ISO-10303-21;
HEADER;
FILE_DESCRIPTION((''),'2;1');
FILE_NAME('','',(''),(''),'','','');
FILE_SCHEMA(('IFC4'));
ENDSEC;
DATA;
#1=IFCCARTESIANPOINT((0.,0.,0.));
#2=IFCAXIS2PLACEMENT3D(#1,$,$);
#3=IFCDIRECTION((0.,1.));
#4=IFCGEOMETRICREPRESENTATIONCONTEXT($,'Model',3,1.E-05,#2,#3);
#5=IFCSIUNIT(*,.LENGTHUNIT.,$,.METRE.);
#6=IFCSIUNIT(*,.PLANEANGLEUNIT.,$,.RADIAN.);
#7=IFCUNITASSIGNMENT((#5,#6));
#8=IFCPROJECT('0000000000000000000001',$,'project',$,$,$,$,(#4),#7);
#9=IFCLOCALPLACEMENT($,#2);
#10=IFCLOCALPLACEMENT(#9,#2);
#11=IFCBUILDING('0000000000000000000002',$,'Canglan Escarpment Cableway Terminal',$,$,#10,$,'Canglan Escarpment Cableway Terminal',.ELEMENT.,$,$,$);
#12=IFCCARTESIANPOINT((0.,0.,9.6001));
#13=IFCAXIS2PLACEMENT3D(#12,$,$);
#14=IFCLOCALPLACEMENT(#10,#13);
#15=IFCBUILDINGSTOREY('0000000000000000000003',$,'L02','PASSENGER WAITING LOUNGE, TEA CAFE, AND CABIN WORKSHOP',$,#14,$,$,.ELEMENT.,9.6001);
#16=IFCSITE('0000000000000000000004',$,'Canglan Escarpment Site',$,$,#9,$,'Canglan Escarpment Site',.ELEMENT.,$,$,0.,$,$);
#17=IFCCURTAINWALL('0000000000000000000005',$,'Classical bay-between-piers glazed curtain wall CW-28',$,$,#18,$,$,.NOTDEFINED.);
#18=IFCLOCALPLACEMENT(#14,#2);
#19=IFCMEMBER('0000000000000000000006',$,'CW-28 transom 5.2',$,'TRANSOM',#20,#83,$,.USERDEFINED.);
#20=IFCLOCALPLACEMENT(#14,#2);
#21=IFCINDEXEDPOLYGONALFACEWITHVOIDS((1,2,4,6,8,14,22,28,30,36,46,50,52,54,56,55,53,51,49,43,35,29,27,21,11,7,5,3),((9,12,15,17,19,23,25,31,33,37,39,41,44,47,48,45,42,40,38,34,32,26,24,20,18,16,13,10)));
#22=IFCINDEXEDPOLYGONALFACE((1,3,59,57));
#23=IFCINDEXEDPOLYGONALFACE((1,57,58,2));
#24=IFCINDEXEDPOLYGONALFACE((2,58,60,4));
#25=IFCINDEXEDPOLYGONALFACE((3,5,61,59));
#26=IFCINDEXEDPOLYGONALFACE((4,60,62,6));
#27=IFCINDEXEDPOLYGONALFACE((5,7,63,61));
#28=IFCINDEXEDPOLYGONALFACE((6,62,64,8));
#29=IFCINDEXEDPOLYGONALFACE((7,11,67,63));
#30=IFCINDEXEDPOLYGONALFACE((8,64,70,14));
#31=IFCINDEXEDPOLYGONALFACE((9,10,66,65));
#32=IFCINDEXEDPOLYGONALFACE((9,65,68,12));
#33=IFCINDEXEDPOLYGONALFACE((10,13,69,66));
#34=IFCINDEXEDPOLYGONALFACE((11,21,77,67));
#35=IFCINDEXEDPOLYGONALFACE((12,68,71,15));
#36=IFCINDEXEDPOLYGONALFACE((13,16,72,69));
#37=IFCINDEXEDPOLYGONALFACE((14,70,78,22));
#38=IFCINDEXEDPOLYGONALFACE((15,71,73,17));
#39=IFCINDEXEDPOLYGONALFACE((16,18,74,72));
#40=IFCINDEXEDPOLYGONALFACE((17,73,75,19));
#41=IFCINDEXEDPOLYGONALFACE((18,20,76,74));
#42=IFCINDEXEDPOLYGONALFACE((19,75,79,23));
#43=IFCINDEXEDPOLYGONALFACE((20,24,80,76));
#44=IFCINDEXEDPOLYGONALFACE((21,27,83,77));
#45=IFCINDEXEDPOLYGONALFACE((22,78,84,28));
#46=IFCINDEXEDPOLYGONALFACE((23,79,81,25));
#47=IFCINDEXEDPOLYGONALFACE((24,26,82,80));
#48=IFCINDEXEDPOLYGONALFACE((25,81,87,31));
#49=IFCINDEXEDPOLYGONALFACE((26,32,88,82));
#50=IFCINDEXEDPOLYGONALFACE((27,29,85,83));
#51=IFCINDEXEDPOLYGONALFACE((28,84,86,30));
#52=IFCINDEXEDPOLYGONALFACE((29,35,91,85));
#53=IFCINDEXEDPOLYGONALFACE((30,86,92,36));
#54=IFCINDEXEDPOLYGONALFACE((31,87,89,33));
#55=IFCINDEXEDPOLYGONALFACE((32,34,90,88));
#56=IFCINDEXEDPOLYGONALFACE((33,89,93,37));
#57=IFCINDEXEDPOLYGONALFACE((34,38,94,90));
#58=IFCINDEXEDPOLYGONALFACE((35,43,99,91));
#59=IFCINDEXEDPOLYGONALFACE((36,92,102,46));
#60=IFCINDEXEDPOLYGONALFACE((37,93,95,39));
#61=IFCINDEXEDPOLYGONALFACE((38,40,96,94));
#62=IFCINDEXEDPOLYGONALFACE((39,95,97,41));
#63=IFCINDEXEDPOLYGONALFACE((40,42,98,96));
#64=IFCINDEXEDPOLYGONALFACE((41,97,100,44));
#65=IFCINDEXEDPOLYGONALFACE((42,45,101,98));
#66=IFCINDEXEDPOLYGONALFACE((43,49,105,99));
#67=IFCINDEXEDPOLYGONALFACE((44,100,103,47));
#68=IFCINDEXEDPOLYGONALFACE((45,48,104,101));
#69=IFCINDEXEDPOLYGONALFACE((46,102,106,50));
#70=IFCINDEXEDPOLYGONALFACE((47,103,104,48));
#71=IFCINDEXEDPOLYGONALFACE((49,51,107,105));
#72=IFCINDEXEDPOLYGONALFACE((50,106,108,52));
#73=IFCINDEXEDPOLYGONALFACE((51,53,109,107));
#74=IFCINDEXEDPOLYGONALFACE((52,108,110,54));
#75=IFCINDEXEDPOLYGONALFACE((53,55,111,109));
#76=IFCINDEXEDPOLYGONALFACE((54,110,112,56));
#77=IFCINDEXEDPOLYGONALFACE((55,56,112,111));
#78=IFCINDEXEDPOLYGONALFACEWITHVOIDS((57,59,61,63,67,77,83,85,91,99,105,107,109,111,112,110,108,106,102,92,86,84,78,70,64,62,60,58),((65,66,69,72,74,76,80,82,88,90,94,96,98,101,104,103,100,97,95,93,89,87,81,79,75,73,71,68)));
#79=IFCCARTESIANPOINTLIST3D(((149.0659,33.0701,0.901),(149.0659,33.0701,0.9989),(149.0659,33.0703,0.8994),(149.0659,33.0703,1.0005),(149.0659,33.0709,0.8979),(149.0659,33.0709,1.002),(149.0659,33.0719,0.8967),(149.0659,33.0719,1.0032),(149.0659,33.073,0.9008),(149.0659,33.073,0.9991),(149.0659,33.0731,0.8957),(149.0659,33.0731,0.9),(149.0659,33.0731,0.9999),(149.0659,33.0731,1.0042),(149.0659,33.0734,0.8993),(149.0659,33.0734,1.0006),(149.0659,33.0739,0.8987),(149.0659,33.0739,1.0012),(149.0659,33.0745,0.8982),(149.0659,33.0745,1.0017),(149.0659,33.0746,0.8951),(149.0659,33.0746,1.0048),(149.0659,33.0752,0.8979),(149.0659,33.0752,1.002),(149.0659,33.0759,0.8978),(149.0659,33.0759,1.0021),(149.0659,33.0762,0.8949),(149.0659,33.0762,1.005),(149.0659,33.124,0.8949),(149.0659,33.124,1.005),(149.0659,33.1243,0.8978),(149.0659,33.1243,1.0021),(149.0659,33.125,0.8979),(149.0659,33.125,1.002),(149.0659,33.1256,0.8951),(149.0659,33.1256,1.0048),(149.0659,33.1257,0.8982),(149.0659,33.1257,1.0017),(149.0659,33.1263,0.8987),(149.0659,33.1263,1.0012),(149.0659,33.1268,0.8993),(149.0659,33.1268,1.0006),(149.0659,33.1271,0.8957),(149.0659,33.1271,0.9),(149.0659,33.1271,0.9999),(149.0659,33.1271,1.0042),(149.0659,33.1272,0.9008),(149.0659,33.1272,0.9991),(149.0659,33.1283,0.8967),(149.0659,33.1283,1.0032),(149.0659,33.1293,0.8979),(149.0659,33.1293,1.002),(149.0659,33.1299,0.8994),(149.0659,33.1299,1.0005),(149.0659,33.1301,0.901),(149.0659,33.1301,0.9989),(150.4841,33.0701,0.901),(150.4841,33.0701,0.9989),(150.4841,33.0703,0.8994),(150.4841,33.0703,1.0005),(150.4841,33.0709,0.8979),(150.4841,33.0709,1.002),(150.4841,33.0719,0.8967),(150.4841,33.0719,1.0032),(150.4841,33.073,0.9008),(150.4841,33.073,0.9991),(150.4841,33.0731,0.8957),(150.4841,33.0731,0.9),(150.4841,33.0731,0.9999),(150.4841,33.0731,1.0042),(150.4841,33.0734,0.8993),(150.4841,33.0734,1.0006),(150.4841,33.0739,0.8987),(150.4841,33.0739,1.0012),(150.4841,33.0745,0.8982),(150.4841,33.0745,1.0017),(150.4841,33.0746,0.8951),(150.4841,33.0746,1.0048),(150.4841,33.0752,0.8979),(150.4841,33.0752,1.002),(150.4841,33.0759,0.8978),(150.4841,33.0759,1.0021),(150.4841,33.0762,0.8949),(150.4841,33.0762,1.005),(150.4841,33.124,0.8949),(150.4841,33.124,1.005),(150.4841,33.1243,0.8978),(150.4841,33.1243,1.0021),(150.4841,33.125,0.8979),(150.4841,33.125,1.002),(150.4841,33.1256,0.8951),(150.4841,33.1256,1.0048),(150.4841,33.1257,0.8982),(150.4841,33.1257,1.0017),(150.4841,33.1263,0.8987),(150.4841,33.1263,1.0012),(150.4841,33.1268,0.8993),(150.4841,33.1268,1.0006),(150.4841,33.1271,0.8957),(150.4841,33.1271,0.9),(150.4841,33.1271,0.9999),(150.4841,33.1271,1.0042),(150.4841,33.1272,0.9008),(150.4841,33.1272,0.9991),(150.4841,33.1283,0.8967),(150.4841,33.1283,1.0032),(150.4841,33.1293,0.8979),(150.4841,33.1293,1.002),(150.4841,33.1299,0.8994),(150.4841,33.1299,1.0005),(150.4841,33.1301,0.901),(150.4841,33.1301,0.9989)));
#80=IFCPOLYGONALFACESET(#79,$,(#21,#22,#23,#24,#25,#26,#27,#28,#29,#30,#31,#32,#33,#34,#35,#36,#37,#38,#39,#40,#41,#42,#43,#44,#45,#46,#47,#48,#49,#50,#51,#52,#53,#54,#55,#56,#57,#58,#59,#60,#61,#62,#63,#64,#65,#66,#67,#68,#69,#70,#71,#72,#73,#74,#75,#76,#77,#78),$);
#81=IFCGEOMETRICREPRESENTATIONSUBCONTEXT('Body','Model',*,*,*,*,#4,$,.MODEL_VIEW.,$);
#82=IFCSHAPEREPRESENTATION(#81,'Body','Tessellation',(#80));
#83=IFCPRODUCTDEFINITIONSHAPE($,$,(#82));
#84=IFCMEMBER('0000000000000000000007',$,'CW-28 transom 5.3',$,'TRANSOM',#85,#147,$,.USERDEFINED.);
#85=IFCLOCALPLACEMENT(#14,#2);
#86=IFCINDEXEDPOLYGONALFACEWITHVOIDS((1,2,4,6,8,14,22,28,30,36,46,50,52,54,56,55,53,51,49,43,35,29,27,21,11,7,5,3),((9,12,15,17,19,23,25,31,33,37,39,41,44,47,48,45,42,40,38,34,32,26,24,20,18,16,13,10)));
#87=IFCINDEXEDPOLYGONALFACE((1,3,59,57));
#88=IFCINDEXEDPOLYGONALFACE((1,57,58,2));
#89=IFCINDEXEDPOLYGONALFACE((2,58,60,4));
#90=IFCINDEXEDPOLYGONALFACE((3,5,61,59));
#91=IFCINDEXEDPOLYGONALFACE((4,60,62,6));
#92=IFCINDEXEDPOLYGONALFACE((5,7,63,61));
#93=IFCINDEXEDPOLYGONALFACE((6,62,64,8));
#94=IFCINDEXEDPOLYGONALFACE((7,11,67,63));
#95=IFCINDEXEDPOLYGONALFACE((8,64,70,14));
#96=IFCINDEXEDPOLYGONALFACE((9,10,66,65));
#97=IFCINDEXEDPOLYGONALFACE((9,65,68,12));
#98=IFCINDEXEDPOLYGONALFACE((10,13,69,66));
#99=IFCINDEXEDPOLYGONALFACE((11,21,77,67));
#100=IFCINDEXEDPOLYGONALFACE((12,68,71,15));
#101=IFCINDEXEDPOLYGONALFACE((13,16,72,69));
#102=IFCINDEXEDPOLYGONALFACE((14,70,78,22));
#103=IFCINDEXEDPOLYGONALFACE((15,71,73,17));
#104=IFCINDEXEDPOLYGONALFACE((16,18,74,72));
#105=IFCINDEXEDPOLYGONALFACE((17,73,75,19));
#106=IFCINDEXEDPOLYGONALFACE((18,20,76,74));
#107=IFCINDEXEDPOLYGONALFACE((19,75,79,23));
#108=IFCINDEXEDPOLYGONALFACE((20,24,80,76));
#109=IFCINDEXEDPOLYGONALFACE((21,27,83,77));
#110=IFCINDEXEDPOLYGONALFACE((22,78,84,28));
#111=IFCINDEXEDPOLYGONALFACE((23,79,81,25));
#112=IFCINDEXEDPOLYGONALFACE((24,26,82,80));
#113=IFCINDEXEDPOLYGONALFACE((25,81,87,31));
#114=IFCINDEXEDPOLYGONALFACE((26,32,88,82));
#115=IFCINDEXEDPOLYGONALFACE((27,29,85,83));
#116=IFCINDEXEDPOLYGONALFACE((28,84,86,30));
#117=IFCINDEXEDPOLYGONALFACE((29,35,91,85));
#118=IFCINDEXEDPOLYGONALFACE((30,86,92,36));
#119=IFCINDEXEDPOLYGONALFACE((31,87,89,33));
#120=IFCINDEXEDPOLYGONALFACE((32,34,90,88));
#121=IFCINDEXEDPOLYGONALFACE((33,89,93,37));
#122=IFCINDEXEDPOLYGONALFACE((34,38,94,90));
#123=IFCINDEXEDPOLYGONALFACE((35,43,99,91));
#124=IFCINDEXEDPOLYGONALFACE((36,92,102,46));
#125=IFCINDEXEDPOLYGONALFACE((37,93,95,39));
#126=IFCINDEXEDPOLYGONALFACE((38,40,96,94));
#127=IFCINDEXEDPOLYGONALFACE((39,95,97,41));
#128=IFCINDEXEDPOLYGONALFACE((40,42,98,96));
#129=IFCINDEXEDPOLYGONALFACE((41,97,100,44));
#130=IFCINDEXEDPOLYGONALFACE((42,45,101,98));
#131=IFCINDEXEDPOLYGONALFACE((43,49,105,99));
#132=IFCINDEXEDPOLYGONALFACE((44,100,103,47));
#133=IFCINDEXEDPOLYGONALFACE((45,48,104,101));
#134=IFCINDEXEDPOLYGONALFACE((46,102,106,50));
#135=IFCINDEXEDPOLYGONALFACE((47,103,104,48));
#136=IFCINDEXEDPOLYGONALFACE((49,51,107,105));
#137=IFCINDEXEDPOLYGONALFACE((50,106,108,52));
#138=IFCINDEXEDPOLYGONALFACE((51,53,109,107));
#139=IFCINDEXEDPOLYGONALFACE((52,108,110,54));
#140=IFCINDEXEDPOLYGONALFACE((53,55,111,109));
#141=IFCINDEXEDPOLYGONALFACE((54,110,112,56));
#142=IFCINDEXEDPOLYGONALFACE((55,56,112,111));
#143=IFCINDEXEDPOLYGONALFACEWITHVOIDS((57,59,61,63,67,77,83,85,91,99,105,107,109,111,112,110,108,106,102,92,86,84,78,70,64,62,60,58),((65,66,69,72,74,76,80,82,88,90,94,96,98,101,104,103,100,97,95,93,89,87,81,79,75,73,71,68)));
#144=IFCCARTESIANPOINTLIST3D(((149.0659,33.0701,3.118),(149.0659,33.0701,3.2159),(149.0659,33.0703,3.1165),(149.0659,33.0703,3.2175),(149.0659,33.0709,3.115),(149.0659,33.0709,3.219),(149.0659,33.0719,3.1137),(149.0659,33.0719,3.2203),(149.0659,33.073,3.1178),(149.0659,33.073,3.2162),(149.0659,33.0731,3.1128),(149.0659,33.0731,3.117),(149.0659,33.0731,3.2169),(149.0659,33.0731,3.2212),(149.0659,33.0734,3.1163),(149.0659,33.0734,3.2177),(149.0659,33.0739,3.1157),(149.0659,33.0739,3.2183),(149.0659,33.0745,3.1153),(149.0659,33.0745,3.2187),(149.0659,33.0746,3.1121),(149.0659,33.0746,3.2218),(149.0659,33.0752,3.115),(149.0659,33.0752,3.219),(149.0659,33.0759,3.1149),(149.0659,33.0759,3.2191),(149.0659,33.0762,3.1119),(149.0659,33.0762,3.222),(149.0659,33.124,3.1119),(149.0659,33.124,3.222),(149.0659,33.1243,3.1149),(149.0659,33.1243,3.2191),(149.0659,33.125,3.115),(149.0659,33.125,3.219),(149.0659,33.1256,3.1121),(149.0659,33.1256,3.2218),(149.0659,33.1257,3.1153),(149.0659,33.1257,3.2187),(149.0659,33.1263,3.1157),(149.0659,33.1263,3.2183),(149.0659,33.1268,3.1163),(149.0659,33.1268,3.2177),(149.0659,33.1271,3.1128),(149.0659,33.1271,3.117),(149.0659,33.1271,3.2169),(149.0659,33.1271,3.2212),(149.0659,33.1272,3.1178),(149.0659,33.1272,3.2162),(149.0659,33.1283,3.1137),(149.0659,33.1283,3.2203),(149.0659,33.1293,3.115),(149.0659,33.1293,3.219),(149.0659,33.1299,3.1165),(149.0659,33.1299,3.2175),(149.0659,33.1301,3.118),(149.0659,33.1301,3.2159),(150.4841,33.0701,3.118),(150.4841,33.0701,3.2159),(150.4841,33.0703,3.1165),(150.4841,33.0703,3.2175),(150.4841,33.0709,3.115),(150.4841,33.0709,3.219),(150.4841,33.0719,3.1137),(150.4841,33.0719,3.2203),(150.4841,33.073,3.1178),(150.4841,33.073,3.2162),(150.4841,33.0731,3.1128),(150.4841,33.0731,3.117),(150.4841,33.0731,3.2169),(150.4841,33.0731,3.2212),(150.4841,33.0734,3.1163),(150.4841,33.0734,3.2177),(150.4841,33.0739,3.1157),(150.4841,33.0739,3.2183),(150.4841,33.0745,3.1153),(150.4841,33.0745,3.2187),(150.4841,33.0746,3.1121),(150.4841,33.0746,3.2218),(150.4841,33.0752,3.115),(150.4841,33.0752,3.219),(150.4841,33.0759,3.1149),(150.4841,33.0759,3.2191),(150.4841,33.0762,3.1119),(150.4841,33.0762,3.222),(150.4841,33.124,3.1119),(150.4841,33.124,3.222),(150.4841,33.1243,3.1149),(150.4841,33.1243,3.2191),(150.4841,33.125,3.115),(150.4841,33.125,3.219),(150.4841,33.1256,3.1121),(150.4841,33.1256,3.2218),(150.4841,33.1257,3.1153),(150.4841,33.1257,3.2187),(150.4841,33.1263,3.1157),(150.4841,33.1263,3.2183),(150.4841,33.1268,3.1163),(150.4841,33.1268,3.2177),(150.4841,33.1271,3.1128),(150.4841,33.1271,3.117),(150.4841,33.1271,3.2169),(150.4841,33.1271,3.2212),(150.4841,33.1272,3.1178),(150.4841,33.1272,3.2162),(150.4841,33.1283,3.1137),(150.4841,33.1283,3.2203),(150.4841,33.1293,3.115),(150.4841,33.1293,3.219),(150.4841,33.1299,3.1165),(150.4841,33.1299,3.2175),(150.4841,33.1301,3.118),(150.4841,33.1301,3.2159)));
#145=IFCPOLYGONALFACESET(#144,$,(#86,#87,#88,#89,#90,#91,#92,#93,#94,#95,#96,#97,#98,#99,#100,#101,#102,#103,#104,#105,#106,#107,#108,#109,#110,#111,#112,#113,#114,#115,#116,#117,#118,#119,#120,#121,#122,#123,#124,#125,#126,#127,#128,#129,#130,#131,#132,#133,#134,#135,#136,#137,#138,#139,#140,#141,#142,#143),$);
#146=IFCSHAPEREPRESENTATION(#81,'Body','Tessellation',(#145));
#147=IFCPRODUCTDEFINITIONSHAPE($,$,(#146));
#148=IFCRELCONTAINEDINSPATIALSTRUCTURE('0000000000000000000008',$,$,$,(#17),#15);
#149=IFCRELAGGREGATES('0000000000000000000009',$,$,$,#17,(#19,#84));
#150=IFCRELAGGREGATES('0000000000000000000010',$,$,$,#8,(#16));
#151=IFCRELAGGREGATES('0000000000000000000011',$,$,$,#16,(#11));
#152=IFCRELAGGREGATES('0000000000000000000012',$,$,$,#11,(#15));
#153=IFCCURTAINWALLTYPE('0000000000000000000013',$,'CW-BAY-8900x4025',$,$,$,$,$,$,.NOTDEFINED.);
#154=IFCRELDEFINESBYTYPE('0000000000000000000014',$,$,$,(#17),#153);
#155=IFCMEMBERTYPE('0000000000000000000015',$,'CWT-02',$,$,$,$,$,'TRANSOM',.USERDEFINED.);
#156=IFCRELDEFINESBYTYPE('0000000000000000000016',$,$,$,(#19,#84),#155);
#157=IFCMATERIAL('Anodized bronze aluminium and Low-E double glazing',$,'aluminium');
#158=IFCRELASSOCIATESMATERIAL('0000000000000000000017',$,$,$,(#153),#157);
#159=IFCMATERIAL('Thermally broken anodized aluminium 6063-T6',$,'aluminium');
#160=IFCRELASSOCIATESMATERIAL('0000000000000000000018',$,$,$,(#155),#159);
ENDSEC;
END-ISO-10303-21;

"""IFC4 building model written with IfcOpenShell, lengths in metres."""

from ifc_helpers import new_model, si_unit, direction, frame, origin, origin_2d, place, context, subcontext, project, spatial, hollow_rectangle, extrude, material, material_profile, profile_set, type_object, element, aggregate, save


model = new_model("IFC4")

# Units and contexts
model_context = context("Model", 3, precision=1e-05, world=origin(), true_north=direction((0.0, 1.0)))
body_context = subcontext(model_context, "Body", "Model", "MODEL_VIEW")
ifc_project = project(units=[si_unit("LENGTHUNIT", "METRE"), si_unit("PLANEANGLEUNIT", "RADIAN")], contexts=[model_context])

# Site, building, storey
site_placement = place(None, origin())
site = spatial("IfcSite", under=ifc_project, at=site_placement, Name="Canglan Escarpment Site", LongName="Canglan Escarpment Site", CompositionType="ELEMENT", RefElevation=0.0)
building_placement = place(site_placement, origin())
building = spatial("IfcBuilding", under=site, at=building_placement, Name="Canglan Escarpment Cableway Terminal", LongName="Canglan Escarpment Cableway Terminal", CompositionType="ELEMENT")
storey_placement = place(building_placement, frame((0.0, 0.0, 9.6001)))
storey = spatial("IfcBuildingStorey", under=building, at=storey_placement, Name="L02", Description="PASSENGER WAITING LOUNGE, TEA CAFE, AND CABIN WORKSHOP", CompositionType="ELEMENT", Elevation=9.6001)

# Curtain wall, members
ifc_material_1 = material(Name="Anodized bronze aluminium and Low-E double glazing", Category="aluminium")
curtain_wall_type = type_object("IfcCurtainWallType", Name="CW-BAY-8900x4025", PredefinedType="NOTDEFINED", material=ifc_material_1)
curtain_wall_placement = place(storey_placement, origin())
curtain_wall = element("IfcCurtainWall", 1, at=curtain_wall_placement, inside=storey, type_object=curtain_wall_type, Name="Classical bay-between-piers glazed curtain wall CW-28", PredefinedType="NOTDEFINED")
ifc_material_2 = material(Name="Thermally broken anodized aluminium 6063-T6", Category="aluminium")
ifc_material_profile_1 = material_profile(ifc_material_2, hollow_rectangle(XDim=0.0601, YDim=0.1101, WallThickness=0.0029, InnerFilletRadius=0.0029, OuterFilletRadius=0.0061, at=origin_2d()), Name="ALU-TRAN 60x110x3")
ifc_profile_set_1 = profile_set([ifc_material_profile_1], Name="Thermally broken anodized aluminium 6063-T6")
member_type_1 = type_object("IfcMemberType", Name="CWT-02", ElementType="TRANSOM", PredefinedType="USERDEFINED", material=ifc_profile_set_1)
member_1_placement = place(storey_placement, frame((150.4841, 33.1001, 0.95), z_axis=(-1.0, 0.0, 0.0), x_axis=(0.0, -1.0, 0.0)))
member_1 = element("IfcMember", 2, at=member_1_placement, type_object=member_type_1, Name="CW-28 transom 5.2", ObjectType="TRANSOM", PredefinedType="USERDEFINED", context=body_context, shape_type="SweptSolid", body=[
    extrude(hollow_rectangle(XDim=0.0601, YDim=0.1101, WallThickness=0.0029, InnerFilletRadius=0.0029, OuterFilletRadius=0.0061, at=origin_2d()), origin(), (0.0, 0.0, 1.0), 1.4182),
])
member_2_placement = place(storey_placement, frame((150.4841, 33.1001, 3.167), z_axis=(-1.0, 0.0, 0.0), x_axis=(0.0, -1.0, 0.0)))
member_2 = element("IfcMember", 3, at=member_2_placement, type_object=member_type_1, Name="CW-28 transom 5.3", ObjectType="TRANSOM", PredefinedType="USERDEFINED", context=body_context, shape_type="SweptSolid", body=[
    extrude(hollow_rectangle(XDim=0.0601, YDim=0.1101, WallThickness=0.0029, InnerFilletRadius=0.0029, OuterFilletRadius=0.0061, at=origin_2d()), origin(), (0.0, 0.0, 1.0), 1.4182),
])
aggregate(curtain_wall, [member_1, member_2])

save(model, "model.ifc")
